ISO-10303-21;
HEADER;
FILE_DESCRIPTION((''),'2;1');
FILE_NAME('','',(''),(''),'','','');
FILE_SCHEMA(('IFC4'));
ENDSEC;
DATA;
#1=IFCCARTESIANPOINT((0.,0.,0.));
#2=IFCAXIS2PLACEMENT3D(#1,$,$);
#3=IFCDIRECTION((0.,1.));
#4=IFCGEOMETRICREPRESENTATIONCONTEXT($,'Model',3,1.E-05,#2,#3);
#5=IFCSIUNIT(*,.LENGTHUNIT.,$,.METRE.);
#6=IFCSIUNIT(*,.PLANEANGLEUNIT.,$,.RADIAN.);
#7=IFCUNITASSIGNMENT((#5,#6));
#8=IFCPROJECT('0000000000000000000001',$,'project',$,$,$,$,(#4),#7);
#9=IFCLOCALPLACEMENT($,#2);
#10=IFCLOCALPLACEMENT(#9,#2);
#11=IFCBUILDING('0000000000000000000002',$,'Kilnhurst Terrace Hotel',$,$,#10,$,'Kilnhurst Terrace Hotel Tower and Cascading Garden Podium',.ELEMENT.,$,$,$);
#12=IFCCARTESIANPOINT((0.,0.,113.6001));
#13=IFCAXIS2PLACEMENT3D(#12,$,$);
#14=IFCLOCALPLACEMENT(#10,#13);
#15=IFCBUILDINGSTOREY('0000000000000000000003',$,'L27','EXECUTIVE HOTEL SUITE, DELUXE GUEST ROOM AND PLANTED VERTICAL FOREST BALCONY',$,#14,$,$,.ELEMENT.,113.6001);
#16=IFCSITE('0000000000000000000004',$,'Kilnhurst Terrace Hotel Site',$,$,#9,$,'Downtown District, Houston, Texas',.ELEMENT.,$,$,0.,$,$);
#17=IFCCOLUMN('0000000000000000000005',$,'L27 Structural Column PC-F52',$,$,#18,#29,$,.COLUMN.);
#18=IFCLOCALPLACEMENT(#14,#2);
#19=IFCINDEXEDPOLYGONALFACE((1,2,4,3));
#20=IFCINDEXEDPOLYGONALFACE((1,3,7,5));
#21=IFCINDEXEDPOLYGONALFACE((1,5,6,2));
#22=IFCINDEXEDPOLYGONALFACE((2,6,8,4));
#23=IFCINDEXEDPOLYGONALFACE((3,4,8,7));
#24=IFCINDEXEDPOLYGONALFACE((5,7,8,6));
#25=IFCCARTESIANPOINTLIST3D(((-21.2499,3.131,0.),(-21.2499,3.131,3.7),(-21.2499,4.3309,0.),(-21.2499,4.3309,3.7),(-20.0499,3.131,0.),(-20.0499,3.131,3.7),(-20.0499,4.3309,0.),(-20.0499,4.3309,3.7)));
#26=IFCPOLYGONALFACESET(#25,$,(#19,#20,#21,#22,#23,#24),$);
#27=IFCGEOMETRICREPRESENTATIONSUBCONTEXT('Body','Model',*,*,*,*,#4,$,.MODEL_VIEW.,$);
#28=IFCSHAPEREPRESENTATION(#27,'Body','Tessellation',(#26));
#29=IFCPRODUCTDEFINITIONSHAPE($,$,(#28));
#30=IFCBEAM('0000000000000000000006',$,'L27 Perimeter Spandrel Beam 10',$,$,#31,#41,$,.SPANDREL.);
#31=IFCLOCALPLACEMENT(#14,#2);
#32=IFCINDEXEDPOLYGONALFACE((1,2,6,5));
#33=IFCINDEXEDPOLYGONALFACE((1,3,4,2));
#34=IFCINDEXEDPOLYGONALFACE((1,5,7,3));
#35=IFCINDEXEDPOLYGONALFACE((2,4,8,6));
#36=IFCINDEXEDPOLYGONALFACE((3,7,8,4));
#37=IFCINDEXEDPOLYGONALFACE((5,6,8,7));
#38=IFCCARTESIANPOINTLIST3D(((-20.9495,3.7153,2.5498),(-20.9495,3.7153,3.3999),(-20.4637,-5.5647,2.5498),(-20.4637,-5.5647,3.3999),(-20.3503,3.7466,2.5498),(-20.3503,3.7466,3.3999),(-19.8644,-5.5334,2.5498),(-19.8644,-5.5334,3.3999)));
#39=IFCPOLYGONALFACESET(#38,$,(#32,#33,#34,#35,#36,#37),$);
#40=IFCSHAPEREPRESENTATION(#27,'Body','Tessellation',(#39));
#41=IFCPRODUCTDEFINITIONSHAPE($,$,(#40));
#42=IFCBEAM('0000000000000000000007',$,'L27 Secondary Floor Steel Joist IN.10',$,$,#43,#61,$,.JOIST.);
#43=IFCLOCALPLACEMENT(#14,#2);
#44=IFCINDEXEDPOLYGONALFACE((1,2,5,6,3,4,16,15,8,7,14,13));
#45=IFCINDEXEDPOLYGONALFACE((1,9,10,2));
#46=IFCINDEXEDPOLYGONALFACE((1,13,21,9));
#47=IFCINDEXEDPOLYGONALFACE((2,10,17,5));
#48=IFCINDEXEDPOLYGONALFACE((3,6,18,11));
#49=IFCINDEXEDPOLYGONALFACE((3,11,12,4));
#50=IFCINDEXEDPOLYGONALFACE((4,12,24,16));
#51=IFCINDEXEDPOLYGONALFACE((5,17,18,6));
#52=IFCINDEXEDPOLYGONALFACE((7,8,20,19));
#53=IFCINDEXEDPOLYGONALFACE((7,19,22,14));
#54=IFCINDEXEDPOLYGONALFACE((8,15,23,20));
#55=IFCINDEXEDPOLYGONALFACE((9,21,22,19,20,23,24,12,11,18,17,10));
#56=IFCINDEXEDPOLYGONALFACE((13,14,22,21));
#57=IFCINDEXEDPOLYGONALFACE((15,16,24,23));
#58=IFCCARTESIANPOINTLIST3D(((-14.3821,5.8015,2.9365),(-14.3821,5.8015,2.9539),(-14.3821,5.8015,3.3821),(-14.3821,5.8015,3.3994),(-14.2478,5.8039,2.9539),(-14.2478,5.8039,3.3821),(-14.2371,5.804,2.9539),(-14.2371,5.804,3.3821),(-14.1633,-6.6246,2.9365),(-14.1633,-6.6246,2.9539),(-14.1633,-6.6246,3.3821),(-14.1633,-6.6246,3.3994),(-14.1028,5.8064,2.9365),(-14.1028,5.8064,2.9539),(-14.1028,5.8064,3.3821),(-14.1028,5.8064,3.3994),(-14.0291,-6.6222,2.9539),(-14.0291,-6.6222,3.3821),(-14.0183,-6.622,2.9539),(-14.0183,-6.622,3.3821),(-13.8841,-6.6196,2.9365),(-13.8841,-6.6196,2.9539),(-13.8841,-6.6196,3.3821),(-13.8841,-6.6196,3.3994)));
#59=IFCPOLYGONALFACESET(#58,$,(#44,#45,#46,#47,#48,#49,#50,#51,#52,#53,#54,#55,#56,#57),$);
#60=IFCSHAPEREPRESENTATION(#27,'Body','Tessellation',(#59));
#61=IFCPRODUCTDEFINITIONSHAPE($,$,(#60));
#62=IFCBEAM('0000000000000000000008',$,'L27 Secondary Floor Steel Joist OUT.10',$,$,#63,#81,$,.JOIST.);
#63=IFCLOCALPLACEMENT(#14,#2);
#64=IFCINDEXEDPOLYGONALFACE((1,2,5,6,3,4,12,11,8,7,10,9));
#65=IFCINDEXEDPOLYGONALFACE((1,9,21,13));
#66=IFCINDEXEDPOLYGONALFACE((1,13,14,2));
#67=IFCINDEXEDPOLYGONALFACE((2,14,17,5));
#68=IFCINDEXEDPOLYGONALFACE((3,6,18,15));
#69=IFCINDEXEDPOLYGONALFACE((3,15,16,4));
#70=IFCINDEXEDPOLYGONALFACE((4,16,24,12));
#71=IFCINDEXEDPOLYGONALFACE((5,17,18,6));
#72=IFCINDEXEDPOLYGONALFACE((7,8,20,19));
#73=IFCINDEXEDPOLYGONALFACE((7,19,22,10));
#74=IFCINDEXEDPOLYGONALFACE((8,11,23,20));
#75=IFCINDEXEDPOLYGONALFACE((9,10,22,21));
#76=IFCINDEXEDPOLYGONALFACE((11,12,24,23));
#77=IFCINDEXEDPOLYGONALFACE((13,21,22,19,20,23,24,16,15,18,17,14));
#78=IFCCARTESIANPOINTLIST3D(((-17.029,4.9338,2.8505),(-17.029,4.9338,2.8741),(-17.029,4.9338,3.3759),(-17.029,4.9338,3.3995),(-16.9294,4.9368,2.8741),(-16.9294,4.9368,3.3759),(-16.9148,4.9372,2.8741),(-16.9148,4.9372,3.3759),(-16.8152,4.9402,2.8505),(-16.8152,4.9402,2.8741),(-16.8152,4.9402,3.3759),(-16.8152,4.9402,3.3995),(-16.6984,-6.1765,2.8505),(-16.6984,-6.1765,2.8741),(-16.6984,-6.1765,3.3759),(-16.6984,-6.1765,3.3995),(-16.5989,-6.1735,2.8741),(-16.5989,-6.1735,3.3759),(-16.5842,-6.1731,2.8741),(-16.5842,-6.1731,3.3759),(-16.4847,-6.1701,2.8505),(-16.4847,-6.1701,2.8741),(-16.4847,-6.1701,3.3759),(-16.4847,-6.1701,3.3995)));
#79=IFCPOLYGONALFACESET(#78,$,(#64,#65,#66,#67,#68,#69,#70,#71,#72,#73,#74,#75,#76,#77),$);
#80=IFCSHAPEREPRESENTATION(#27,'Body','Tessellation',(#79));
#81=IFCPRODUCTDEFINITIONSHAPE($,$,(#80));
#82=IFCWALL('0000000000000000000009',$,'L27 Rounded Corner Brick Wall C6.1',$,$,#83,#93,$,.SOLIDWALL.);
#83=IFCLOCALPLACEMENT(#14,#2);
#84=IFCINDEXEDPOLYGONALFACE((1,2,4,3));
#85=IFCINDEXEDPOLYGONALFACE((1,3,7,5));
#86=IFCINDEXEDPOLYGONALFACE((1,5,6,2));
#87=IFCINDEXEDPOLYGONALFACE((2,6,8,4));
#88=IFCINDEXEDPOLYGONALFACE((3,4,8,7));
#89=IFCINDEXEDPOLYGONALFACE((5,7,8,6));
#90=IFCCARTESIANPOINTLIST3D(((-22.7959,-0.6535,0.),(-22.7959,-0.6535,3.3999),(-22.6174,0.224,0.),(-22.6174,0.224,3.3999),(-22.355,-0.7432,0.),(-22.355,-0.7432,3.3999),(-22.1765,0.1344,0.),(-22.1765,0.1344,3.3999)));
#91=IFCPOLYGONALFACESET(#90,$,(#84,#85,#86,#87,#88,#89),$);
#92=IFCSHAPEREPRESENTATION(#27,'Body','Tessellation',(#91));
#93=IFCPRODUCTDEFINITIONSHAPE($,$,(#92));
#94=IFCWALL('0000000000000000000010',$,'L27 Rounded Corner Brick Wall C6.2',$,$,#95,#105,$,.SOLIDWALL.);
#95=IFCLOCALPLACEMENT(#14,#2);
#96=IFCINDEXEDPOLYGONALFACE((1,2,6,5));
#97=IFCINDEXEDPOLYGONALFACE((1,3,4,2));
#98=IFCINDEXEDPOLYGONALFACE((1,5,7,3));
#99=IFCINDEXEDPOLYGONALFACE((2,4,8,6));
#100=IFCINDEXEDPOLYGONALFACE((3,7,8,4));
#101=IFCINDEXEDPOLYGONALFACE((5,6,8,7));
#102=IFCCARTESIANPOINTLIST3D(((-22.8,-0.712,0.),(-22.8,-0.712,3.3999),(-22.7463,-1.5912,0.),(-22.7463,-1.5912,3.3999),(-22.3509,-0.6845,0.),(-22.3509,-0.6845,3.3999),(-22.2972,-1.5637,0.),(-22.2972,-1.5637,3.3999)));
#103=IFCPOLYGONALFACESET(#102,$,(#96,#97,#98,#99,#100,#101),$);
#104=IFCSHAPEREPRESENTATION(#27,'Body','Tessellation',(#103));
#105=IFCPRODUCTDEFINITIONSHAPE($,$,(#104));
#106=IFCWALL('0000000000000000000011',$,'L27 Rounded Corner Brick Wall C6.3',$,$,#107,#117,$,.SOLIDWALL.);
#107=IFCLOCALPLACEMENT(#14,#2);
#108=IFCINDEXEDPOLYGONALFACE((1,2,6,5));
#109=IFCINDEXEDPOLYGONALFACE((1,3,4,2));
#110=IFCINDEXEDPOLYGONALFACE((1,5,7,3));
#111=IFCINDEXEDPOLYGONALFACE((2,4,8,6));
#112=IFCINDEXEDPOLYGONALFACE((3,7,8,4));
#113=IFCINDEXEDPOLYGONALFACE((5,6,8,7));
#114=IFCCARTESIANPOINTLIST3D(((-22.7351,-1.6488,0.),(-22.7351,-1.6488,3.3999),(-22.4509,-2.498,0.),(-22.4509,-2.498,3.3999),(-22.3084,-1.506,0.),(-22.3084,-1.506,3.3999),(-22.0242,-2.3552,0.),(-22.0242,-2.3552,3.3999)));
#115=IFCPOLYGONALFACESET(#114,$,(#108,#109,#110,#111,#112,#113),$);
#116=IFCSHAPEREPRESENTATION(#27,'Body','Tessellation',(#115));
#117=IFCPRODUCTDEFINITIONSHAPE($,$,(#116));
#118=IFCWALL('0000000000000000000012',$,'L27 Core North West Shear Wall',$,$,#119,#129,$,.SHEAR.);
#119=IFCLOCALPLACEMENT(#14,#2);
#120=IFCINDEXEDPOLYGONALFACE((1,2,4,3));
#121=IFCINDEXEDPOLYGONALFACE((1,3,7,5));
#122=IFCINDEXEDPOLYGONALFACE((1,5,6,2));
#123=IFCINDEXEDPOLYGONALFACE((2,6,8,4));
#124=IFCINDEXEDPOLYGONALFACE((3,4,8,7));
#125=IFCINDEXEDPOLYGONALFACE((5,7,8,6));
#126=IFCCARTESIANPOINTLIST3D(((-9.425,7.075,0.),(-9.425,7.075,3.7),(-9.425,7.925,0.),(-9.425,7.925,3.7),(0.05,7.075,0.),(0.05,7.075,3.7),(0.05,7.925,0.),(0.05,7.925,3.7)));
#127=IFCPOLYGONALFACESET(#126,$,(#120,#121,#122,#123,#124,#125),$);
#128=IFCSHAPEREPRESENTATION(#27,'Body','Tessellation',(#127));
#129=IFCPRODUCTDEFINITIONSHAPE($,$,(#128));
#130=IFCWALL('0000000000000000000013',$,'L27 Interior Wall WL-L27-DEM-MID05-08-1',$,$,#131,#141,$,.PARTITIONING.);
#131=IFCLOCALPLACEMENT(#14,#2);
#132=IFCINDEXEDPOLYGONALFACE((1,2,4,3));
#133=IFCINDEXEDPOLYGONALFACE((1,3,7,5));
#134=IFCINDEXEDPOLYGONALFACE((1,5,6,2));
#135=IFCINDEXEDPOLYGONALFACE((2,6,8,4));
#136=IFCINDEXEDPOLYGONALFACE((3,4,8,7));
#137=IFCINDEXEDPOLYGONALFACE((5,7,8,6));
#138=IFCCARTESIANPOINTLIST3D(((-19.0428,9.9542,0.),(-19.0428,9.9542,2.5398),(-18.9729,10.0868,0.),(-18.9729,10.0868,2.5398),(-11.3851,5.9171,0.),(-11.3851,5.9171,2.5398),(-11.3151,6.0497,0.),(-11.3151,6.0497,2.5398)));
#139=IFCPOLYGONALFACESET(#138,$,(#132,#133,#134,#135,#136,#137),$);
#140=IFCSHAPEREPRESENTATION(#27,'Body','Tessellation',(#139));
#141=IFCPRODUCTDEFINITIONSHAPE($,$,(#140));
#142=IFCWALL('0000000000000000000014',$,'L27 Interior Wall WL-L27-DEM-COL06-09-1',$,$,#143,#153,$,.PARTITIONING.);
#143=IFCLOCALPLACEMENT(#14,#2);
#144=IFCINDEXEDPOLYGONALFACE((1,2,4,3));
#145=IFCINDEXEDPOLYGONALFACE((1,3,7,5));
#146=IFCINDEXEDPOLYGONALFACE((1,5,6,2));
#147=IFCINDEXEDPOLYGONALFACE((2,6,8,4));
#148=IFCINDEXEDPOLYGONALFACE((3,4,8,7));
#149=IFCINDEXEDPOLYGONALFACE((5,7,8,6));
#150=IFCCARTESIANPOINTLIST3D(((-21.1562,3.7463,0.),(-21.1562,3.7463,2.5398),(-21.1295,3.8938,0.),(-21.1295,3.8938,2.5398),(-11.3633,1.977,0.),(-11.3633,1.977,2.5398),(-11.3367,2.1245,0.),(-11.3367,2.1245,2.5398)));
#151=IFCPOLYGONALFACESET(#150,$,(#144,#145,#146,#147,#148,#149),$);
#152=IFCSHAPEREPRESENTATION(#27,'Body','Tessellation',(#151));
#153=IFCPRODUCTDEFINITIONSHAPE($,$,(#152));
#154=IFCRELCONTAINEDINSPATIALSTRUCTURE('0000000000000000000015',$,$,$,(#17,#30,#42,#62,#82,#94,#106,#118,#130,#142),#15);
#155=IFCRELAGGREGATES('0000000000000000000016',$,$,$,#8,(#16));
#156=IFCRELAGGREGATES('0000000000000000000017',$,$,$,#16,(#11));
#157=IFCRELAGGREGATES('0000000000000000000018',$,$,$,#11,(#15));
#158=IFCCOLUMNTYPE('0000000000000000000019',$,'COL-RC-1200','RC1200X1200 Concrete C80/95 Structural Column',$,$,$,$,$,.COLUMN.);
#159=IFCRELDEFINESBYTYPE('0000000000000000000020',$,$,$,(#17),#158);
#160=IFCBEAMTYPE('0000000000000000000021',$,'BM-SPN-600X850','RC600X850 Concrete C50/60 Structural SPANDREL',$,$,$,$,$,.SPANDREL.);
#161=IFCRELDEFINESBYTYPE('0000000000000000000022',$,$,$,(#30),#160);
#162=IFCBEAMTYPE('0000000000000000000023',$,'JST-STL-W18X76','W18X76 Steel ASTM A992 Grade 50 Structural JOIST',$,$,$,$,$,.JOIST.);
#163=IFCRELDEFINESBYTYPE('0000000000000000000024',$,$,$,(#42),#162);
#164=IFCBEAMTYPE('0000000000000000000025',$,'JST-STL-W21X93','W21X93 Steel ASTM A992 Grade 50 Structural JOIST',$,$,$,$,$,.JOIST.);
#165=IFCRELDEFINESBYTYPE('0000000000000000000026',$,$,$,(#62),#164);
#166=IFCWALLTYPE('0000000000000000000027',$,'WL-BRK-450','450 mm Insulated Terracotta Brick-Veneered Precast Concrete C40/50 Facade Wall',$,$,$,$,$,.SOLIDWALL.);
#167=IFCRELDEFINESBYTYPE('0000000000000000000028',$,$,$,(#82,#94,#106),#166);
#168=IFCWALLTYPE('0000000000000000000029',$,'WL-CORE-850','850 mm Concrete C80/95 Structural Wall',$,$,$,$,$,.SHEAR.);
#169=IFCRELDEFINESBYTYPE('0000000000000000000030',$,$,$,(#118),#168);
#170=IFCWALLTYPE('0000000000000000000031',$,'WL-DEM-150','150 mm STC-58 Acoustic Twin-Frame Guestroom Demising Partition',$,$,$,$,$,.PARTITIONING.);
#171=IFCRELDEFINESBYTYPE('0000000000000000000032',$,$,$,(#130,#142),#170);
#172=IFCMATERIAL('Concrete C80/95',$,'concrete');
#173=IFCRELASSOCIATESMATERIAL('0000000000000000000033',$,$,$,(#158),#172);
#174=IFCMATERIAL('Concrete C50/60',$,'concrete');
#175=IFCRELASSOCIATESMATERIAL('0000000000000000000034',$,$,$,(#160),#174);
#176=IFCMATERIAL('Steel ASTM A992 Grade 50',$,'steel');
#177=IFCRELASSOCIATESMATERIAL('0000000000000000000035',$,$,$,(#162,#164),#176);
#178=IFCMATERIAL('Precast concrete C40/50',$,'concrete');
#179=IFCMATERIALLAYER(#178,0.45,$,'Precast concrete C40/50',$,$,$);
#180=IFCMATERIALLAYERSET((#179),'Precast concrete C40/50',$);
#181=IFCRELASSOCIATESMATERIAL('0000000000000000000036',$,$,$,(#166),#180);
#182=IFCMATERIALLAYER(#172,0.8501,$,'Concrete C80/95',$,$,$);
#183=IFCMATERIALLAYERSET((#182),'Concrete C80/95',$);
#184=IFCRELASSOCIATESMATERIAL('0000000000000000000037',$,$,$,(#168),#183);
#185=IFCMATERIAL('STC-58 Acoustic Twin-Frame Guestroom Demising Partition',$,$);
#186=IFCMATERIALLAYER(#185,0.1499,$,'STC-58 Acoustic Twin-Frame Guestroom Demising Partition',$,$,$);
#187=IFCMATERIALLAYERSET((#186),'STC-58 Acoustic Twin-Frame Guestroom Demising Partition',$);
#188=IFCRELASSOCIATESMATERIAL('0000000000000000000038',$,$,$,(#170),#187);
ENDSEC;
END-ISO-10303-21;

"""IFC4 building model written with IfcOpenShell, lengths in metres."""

from ifc_helpers import new_model, si_unit, direction, frame, frame_2d, origin, origin_2d, place, context, subcontext, project, spatial, rectangle, i_section, extrude, material, layer, layer_set, material_profile, profile_set, type_object, element, save


model = new_model("IFC4")

# Units and contexts
model_context = context("Model", 3, precision=1e-05, world=origin(), true_north=direction((0.0, 1.0)))
body_context = subcontext(model_context, "Body", "Model", "MODEL_VIEW")
ifc_project = project(units=[si_unit("LENGTHUNIT", "METRE"), si_unit("PLANEANGLEUNIT", "RADIAN")], contexts=[model_context])

# Site, building, storey
site_placement = place(None, origin())
site = spatial("IfcSite", under=ifc_project, at=site_placement, Name="Kilnhurst Terrace Hotel Site", LongName="Downtown District, Houston, Texas", CompositionType="ELEMENT", RefElevation=0.0)
building_placement = place(site_placement, origin())
building = spatial("IfcBuilding", under=site, at=building_placement, Name="Kilnhurst Terrace Hotel", LongName="Kilnhurst Terrace Hotel Tower and Cascading Garden Podium", CompositionType="ELEMENT")
storey_placement = place(building_placement, frame((0.0, 0.0, 113.6001)))
storey = spatial("IfcBuildingStorey", under=building, at=storey_placement, Name="L27", Description="EXECUTIVE HOTEL SUITE, DELUXE GUEST ROOM AND PLANTED VERTICAL FOREST BALCONY", CompositionType="ELEMENT", Elevation=113.6001)

# Column
ifc_material_1 = material(Name="Concrete C80/95", Category="concrete")
ifc_material_profile_1 = material_profile(ifc_material_1, rectangle(XDim=1.2, YDim=1.2, at=origin_2d()), Name="RC1200X1200")
ifc_profile_set_1 = profile_set([ifc_material_profile_1], Name="Concrete C80/95")
column_type = type_object("IfcColumnType", Name="COL-RC-1200", Description="RC1200X1200 Concrete C80/95 Structural Column", PredefinedType="COLUMN", material=ifc_profile_set_1)
column_placement = place(storey_placement, frame((-20.6499, 3.731, 0.0), z_axis=(0.0, 0.0, 1.0), x_axis=(1.0, 0.0, 0.0)))
element("IfcColumn", 1, at=column_placement, inside=storey, type_object=column_type, Name="L27 Structural Column PC-F52", PredefinedType="COLUMN", context=body_context, shape_type="SweptSolid", body=[
    extrude(rectangle(XDim=1.2, YDim=1.2, at=origin_2d()), origin(), (0.0, 0.0, 1.0), 3.7),
])

# Beams
ifc_material_2 = material(Name="Concrete C50/60", Category="concrete")
ifc_material_profile_2 = material_profile(ifc_material_2, rectangle(XDim=0.6001, YDim=0.8501, at=origin_2d()), Name="RC600X850")
ifc_profile_set_2 = profile_set([ifc_material_profile_2], Name="Concrete C50/60")
beam_type_1 = type_object("IfcBeamType", Name="BM-SPN-600X850", Description="RC600X850 Concrete C50/60 Structural SPANDREL", PredefinedType="SPANDREL", material=ifc_profile_set_2)
beam_1_placement = place(storey_placement, frame((-20.6499, 3.731, 2.9749), z_axis=(0.052282, -0.998632, 0.0), x_axis=(0.998632, 0.052282, 0.0)))
element("IfcBeam", 2, at=beam_1_placement, inside=storey, type_object=beam_type_1, Name="L27 Perimeter Spandrel Beam 10", PredefinedType="SPANDREL", context=body_context, shape_type="SweptSolid", body=[
    extrude(rectangle(XDim=0.6001, YDim=0.8501, at=origin_2d()), origin(), (0.0, 0.0, 1.0), 9.2927),
])
ifc_material_3 = material(Name="Steel ASTM A992 Grade 50", Category="steel")
ifc_material_profile_3 = material_profile(ifc_material_3, i_section(OverallWidth=0.2793, OverallDepth=0.4629, WebThickness=0.0107, FlangeThickness=0.0173, at=origin_2d()), Name="W18X76")
ifc_profile_set_3 = profile_set([ifc_material_profile_3], Name="Steel ASTM A992 Grade 50")
beam_type_2 = type_object("IfcBeamType", Name="JST-STL-W18X76", Description="W18X76 Steel ASTM A992 Grade 50 Structural JOIST", PredefinedType="JOIST", material=ifc_profile_set_3)
beam_2_placement = place(storey_placement, frame((-14.2424, 5.804, 3.168), z_axis=(0.017601, -0.999845, 0.0), x_axis=(0.999845, 0.017601, 0.0)))
element("IfcBeam", 3, at=beam_2_placement, inside=storey, type_object=beam_type_2, Name="L27 Secondary Floor Steel Joist IN.10", PredefinedType="JOIST", context=body_context, shape_type="SweptSolid", body=[
    extrude(i_section(OverallWidth=0.2793, OverallDepth=0.4629, WebThickness=0.0107, FlangeThickness=0.0173, at=origin_2d()), origin(), (0.0, 0.0, 1.0), 12.428),
])
ifc_material_profile_4 = material_profile(ifc_material_3, i_section(OverallWidth=0.2139, OverallDepth=0.5491, WebThickness=0.0146, FlangeThickness=0.0237, at=origin_2d()), Name="W21X93")
ifc_profile_set_4 = profile_set([ifc_material_profile_4], Name="Steel ASTM A992 Grade 50")
beam_type_3 = type_object("IfcBeamType", Name="JST-STL-W21X93", Description="W21X93 Steel ASTM A992 Grade 50 Structural JOIST", PredefinedType="JOIST", material=ifc_profile_set_4)
beam_3_placement = place(storey_placement, frame((-16.9221, 4.937, 3.125), z_axis=(0.02974, -0.999558, 0.0), x_axis=(0.999558, 0.02974, 0.0)))
element("IfcBeam", 4, at=beam_3_placement, inside=storey, type_object=beam_type_3, Name="L27 Secondary Floor Steel Joist OUT.10", PredefinedType="JOIST", context=body_context, shape_type="SweptSolid", body=[
    extrude(i_section(OverallWidth=0.2139, OverallDepth=0.5491, WebThickness=0.0146, FlangeThickness=0.0237, at=origin_2d()), origin(), (0.0, 0.0, 1.0), 11.1152),
])

# Walls
ifc_material_4 = material(Name="Precast concrete C40/50", Category="concrete")
ifc_layer_1 = layer(ifc_material_4, 0.45, Name="Precast concrete C40/50")
ifc_layer_set_1 = layer_set([ifc_layer_1], Name="Precast concrete C40/50")
wall_type_1 = type_object("IfcWallType", Name="WL-BRK-450", Description="450 mm Insulated Terracotta Brick-Veneered Precast Concrete C40/50 Facade Wall", PredefinedType="SOLIDWALL", material=ifc_layer_set_1)
wall_1_placement = place(storey_placement, frame((-22.397, 0.1792, 0.0), z_axis=(0.0, 0.0, 1.0), x_axis=(-0.199314, -0.979936, 0.0)))
element("IfcWall", 5, at=wall_1_placement, inside=storey, type_object=wall_type_1, Name="L27 Rounded Corner Brick Wall C6.1", PredefinedType="SOLIDWALL", context=body_context, shape_type="SweptSolid", body=[
    extrude(rectangle(XDim=0.8955, YDim=0.45, at=frame_2d((0.4478, 0.0))), origin(), (0.0, 0.0, 1.0), 3.3999),
])
wall_2_placement = place(storey_placement, frame((-22.5754, -0.6982, 0.0), z_axis=(0.0, 0.0, 1.0), x_axis=(0.06098, -0.998139, 0.0)))
element("IfcWall", 6, at=wall_2_placement, inside=storey, type_object=wall_type_1, Name="L27 Rounded Corner Brick Wall C6.2", PredefinedType="SOLIDWALL", context=body_context, shape_type="SweptSolid", body=[
    extrude(rectangle(XDim=0.8809, YDim=0.45, at=frame_2d((0.4404, 0.0))), origin(), (0.0, 0.0, 1.0), 3.3999),
])
wall_3_placement = place(storey_placement, frame((-22.5217, -1.5774, 0.0), z_axis=(0.0, 0.0, 1.0), x_axis=(0.317373, -0.948301, 0.0)))
element("IfcWall", 7, at=wall_3_placement, inside=storey, type_object=wall_type_1, Name="L27 Rounded Corner Brick Wall C6.3", PredefinedType="SOLIDWALL", context=body_context, shape_type="SweptSolid", body=[
    extrude(rectangle(XDim=0.8955, YDim=0.45, at=frame_2d((0.4478, 0.0))), origin(), (0.0, 0.0, 1.0), 3.3999),
])
ifc_layer_2 = layer(ifc_material_1, 0.8501, Name="Concrete C80/95")
ifc_layer_set_2 = layer_set([ifc_layer_2], Name="Concrete C80/95")
wall_type_2 = type_object("IfcWallType", Name="WL-CORE-850", Description="850 mm Concrete C80/95 Structural Wall", PredefinedType="SHEAR", material=ifc_layer_set_2)
wall_4_placement = place(storey_placement, frame((-9.425, 7.5, 0.0), z_axis=(0.0, 0.0, 1.0), x_axis=(1.0, 0.0, 0.0)))
element("IfcWall", 8, at=wall_4_placement, inside=storey, type_object=wall_type_2, Name="L27 Core North West Shear Wall", PredefinedType="SHEAR", context=body_context, shape_type="SweptSolid", body=[
    extrude(rectangle(XDim=9.4751, YDim=0.8501, at=frame_2d((4.7375, 0.0))), origin(), (0.0, 0.0, 1.0), 3.7),
])
ifc_material_5 = material(Name="STC-58 Acoustic Twin-Frame Guestroom Demising Partition")
ifc_layer_3 = layer(ifc_material_5, 0.1499, Name="STC-58 Acoustic Twin-Frame Guestroom Demising Partition")
ifc_layer_set_3 = layer_set([ifc_layer_3], Name="STC-58 Acoustic Twin-Frame Guestroom Demising Partition")
wall_type_3 = type_object("IfcWallType", Name="WL-DEM-150", Description="150 mm STC-58 Acoustic Twin-Frame Guestroom Demising Partition", PredefinedType="PARTITIONING", material=ifc_layer_set_3)
wall_5_placement = place(storey_placement, frame((-11.3501, 5.9834, 0.0), z_axis=(0.0, 0.0, 1.0), x_axis=(-0.884597, 0.466355, 0.0)))
element("IfcWall", 9, at=wall_5_placement, inside=storey, type_object=wall_type_3, Name="L27 Interior Wall WL-L27-DEM-MID05-08-1", PredefinedType="PARTITIONING", context=body_context, shape_type="SweptSolid", body=[
    extrude(rectangle(XDim=8.6567, YDim=0.1499, at=frame_2d((4.3284, 0.0))), origin(), (0.0, 0.0, 1.0), 2.5398),
])
wall_6_placement = place(storey_placement, frame((-11.3501, 2.0508, 0.0), z_axis=(0.0, 0.0, 1.0), x_axis=(-0.984068, 0.177791, 0.0)))
element("IfcWall", 10, at=wall_6_placement, inside=storey, type_object=wall_type_3, Name="L27 Interior Wall WL-L27-DEM-COL06-09-1", PredefinedType="PARTITIONING", context=body_context, shape_type="SweptSolid", body=[
    extrude(rectangle(XDim=9.9514, YDim=0.1499, at=frame_2d((4.9756, 0.0))), origin(), (0.0, 0.0, 1.0), 2.5398),
])

save(model, "model.ifc")
